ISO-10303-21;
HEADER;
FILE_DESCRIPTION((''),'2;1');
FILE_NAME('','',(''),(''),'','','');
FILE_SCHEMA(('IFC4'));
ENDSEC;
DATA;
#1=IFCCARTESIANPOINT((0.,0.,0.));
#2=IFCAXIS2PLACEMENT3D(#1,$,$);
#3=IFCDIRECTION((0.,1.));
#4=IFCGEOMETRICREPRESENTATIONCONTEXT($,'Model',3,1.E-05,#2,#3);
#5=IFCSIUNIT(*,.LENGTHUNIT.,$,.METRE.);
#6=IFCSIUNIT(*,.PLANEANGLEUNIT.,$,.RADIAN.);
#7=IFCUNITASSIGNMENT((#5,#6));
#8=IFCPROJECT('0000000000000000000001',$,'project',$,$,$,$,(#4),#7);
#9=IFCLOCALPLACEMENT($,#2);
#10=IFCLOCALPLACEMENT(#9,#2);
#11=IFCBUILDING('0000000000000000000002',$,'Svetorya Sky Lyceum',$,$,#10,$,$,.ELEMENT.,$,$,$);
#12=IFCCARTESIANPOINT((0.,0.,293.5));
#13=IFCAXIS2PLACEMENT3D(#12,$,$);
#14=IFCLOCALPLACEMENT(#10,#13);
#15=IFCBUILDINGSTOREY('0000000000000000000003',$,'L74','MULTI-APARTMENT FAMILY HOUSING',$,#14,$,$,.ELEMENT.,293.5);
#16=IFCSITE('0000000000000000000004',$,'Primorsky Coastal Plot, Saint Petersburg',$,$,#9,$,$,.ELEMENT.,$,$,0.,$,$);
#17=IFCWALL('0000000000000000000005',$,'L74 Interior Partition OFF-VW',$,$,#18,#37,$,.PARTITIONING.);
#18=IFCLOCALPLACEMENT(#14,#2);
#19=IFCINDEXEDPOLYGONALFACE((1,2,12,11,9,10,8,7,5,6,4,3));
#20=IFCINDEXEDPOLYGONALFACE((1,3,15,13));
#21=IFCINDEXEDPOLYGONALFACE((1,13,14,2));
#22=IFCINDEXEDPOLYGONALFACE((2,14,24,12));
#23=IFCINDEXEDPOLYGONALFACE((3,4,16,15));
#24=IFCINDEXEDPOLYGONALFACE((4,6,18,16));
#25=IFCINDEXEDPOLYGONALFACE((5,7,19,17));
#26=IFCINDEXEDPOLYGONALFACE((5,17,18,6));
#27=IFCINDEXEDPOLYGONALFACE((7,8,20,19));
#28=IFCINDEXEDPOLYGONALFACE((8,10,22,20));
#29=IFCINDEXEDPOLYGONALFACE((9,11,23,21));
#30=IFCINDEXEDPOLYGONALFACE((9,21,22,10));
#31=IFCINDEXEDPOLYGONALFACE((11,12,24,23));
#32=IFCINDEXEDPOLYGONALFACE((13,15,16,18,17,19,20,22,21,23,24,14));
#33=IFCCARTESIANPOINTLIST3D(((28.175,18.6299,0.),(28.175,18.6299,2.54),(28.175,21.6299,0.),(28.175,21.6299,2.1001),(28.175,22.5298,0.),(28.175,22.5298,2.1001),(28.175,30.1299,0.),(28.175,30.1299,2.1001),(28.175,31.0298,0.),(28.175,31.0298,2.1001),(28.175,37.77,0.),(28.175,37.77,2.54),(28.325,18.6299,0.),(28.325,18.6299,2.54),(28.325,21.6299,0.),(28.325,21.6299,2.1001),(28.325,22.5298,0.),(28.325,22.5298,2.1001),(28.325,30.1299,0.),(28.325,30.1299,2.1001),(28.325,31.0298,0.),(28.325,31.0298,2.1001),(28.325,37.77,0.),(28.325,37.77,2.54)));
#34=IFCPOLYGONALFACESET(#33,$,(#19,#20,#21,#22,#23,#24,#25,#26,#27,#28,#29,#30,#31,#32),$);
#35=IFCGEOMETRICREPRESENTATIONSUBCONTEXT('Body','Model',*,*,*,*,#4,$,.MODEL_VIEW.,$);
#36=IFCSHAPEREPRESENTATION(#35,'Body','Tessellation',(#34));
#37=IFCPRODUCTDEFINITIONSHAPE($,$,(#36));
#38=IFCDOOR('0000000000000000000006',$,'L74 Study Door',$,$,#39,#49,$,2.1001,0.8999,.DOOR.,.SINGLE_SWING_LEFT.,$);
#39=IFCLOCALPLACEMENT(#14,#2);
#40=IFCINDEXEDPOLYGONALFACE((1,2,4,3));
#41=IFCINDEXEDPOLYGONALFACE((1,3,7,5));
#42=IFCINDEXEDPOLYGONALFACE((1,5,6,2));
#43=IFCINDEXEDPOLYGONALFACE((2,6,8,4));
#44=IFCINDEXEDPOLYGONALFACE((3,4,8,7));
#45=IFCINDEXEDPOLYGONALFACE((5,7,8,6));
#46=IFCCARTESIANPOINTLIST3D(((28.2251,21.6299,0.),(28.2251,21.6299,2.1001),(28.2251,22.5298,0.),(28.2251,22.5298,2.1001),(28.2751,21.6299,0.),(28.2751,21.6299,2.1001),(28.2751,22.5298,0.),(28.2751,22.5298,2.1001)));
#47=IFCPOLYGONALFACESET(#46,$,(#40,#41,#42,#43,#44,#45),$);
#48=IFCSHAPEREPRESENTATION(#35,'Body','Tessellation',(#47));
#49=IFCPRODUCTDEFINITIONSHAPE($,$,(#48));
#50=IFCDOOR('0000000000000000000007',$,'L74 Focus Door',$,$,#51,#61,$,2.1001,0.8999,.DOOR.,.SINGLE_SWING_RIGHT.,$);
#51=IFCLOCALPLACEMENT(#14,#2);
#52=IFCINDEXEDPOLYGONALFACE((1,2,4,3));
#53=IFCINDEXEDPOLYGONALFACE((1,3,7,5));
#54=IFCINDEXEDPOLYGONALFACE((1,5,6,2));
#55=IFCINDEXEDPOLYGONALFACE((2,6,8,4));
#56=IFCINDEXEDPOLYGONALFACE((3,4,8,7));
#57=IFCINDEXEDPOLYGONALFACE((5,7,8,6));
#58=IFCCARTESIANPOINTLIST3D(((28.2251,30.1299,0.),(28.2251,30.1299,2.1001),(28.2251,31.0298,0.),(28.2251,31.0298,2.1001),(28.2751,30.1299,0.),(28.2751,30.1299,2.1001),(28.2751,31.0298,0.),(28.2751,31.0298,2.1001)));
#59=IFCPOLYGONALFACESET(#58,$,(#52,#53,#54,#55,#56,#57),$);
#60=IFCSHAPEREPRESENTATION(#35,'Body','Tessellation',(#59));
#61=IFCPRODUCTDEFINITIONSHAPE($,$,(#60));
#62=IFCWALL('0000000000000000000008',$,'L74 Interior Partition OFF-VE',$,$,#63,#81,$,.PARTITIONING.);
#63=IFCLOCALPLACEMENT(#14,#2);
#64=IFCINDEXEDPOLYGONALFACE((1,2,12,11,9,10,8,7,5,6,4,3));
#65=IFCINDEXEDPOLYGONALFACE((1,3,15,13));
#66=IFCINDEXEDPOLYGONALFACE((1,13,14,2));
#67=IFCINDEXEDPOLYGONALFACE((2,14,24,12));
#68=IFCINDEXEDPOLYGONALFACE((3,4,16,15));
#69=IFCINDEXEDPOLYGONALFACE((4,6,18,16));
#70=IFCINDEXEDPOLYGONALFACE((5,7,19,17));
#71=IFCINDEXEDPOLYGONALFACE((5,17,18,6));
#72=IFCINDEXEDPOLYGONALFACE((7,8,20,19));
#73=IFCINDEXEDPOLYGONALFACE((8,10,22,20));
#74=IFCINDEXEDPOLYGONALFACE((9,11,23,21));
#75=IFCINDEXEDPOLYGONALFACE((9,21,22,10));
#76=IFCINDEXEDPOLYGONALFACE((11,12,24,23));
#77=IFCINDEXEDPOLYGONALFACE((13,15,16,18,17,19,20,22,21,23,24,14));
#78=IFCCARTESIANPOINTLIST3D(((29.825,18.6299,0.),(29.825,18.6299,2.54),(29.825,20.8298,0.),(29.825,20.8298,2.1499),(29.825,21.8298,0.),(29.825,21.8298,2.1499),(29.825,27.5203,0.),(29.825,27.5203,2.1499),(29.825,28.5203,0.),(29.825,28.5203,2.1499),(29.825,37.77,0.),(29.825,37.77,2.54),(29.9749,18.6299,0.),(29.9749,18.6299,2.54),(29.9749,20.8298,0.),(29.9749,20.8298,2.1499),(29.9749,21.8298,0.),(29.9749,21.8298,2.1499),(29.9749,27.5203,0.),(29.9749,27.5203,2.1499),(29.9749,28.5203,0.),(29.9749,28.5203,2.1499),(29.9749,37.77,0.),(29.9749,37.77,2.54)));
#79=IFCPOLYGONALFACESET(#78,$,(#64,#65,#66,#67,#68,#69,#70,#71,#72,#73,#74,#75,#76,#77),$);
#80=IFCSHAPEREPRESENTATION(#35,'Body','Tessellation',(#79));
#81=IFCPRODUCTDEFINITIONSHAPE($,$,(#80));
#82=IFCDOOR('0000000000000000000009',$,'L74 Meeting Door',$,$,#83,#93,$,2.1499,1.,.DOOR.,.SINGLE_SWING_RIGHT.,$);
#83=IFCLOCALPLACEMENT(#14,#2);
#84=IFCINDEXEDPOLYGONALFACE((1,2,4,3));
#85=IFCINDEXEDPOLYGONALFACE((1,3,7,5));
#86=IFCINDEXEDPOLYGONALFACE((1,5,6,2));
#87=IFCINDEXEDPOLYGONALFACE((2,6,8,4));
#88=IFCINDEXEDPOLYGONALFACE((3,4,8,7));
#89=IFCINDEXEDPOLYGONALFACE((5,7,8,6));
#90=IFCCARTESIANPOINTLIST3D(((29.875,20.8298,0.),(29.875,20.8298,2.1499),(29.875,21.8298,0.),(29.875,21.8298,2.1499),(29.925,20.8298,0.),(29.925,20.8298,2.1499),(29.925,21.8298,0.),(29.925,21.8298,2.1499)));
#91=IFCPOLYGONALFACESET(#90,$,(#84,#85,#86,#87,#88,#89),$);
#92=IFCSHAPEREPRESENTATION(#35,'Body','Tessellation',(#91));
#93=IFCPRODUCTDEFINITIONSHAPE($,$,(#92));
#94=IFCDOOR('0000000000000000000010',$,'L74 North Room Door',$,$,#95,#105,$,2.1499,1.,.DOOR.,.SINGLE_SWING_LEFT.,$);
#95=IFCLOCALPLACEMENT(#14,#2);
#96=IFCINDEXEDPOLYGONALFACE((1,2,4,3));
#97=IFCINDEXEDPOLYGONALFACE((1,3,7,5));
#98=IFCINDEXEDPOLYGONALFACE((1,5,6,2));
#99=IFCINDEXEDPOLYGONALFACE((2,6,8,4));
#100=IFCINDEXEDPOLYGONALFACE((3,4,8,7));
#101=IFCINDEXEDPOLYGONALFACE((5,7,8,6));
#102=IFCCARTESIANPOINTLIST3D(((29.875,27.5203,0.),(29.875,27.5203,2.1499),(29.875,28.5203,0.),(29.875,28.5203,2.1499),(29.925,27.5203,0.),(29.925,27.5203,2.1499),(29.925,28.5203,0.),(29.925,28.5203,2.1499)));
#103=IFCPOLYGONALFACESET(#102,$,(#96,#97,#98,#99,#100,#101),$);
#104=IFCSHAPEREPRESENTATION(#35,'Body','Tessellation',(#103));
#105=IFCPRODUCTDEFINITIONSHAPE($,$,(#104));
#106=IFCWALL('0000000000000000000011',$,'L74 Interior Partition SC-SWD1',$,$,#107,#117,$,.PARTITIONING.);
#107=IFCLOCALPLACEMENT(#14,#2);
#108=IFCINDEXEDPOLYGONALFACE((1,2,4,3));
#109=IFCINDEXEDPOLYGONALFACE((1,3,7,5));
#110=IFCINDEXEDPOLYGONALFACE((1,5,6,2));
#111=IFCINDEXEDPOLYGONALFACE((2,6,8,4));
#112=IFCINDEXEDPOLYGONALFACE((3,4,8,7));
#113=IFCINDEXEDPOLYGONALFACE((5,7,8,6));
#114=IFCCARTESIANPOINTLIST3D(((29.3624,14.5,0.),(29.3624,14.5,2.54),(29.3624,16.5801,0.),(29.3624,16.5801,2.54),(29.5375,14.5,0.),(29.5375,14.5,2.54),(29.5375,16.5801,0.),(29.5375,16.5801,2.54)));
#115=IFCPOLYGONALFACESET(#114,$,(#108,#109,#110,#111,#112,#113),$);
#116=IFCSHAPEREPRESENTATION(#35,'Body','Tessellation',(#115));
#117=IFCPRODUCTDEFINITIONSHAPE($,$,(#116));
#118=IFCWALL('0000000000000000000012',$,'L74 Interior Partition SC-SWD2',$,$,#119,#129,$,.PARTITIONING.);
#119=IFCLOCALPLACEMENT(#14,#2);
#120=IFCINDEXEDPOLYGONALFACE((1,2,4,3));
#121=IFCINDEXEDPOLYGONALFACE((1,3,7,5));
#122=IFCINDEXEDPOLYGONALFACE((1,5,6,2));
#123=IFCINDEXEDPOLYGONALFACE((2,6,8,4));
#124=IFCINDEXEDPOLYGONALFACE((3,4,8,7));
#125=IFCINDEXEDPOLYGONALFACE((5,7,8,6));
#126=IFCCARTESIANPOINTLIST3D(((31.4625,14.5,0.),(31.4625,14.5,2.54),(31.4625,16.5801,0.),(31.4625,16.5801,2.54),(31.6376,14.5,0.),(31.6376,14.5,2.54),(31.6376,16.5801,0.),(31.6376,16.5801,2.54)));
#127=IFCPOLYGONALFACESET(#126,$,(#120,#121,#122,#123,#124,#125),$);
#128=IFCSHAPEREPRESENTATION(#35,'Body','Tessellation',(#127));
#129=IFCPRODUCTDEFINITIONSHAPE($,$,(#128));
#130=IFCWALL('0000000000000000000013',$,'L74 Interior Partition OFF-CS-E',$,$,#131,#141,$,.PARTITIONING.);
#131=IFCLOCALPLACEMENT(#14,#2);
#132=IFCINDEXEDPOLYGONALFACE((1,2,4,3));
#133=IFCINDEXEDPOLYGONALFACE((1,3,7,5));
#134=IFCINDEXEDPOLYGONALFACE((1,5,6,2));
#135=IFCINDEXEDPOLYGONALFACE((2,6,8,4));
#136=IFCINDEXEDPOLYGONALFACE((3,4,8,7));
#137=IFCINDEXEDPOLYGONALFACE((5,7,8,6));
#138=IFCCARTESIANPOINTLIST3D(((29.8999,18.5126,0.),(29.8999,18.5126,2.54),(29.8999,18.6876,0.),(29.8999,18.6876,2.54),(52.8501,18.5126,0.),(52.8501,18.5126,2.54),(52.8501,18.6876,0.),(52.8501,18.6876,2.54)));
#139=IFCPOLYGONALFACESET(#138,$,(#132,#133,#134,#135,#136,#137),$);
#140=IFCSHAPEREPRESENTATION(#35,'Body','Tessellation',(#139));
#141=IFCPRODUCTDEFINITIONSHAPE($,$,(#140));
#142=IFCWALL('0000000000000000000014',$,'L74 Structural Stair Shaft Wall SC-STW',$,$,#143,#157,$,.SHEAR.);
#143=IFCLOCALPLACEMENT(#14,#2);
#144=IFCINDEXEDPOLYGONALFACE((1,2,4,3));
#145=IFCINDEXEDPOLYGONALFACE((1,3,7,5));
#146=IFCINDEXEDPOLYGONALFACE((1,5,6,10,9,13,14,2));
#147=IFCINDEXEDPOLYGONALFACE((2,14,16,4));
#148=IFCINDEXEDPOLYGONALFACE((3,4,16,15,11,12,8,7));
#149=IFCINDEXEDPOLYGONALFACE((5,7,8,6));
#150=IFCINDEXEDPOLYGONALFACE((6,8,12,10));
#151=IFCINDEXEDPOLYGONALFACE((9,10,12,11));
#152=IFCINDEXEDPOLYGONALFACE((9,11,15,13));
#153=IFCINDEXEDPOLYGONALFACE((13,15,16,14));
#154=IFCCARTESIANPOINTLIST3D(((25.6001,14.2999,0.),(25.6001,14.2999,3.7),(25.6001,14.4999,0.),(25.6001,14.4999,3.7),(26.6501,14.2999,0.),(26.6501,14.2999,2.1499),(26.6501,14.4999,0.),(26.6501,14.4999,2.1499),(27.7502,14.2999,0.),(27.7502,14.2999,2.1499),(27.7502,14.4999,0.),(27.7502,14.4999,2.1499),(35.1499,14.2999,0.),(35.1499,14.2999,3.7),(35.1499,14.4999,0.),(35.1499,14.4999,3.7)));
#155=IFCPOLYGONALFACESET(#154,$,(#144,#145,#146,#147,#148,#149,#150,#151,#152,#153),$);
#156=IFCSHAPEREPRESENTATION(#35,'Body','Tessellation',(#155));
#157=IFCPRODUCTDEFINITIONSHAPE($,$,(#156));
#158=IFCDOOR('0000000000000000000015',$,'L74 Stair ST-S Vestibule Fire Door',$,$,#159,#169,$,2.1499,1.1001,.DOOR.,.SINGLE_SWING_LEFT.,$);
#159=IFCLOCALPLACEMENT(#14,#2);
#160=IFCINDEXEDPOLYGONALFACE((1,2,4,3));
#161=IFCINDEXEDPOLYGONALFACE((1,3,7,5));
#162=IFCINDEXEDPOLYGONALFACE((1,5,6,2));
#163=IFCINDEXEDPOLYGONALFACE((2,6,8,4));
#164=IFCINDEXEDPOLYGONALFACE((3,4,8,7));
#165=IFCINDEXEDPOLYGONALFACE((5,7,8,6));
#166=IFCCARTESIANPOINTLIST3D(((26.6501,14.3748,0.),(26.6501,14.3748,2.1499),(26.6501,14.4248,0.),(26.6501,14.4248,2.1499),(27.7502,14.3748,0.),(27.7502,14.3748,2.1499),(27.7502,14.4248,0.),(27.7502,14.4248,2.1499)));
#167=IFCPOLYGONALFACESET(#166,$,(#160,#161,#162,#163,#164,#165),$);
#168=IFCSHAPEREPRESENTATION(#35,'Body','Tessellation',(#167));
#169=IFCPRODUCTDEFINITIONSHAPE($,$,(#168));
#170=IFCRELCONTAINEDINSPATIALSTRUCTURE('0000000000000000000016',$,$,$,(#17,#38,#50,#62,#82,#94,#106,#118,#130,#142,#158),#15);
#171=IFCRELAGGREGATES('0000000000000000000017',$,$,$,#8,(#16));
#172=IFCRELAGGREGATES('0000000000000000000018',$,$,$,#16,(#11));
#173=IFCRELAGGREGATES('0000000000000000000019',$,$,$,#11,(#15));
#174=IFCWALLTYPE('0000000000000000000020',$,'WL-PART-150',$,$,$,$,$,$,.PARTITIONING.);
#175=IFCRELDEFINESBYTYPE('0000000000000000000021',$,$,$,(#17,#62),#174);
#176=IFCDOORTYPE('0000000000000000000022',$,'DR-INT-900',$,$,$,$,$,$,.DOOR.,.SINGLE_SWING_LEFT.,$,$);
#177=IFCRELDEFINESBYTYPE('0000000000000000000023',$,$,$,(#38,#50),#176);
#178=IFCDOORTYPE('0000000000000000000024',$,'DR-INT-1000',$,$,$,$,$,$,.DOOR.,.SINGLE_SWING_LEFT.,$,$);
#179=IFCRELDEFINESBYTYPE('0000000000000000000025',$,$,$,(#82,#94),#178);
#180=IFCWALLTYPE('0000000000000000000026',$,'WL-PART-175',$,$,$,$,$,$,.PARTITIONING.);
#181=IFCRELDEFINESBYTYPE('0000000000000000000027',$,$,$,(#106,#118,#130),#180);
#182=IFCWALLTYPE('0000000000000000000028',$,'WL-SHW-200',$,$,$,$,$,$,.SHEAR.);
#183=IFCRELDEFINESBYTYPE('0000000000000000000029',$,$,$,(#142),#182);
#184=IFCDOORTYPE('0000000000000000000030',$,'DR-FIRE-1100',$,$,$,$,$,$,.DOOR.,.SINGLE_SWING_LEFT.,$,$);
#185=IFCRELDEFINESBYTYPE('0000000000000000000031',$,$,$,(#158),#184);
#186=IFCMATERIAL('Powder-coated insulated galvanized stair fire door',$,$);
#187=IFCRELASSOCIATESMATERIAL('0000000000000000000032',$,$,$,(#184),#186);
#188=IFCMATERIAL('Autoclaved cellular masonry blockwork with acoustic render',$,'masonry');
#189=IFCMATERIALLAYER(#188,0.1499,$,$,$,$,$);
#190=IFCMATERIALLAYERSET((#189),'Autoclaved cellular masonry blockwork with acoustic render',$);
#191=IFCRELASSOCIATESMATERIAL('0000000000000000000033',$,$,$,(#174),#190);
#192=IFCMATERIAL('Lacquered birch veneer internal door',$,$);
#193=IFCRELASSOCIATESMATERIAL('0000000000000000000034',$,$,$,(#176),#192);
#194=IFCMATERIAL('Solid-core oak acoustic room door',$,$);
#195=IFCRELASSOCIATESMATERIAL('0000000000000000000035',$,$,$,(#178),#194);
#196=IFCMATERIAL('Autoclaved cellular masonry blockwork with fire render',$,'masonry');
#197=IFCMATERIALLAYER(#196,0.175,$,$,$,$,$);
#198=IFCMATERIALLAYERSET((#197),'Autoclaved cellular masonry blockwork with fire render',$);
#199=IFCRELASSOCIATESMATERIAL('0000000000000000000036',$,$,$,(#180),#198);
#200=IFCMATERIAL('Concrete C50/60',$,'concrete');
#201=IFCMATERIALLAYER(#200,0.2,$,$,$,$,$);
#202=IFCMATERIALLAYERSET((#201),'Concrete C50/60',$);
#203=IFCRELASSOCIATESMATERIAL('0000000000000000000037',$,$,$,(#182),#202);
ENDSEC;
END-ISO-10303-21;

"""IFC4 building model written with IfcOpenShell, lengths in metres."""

from ifc_helpers import new_model, si_unit, direction, frame, frame_2d, origin, place, context, subcontext, project, spatial, rectangle, extrude, material, layer, layer_set, type_object, element, fill, save


model = new_model("IFC4")

# Units and contexts
model_context = context("Model", 3, precision=1e-05, world=origin(), true_north=direction((0.0, 1.0)))
body_context = subcontext(model_context, "Body", "Model", "MODEL_VIEW")
ifc_project = project(units=[si_unit("LENGTHUNIT", "METRE"), si_unit("PLANEANGLEUNIT", "RADIAN")], contexts=[model_context])

# Site, building, storey
site_placement = place(None, origin())
site = spatial("IfcSite", under=ifc_project, at=site_placement, Name="Primorsky Coastal Plot, Saint Petersburg", CompositionType="ELEMENT", RefElevation=0.0)
building_placement = place(site_placement, origin())
building = spatial("IfcBuilding", under=site, at=building_placement, Name="Svetorya Sky Lyceum", CompositionType="ELEMENT")
storey_placement = place(building_placement, frame((0.0, 0.0, 293.5)))
storey = spatial("IfcBuildingStorey", under=building, at=storey_placement, Name="L74", Description="MULTI-APARTMENT FAMILY HOUSING", CompositionType="ELEMENT", Elevation=293.5)

# Walls, openings, doors
ifc_material_1 = material(Name="Concrete C50/60", Category="concrete")
ifc_material_2 = material(Name="Powder-coated insulated galvanized stair fire door")
door_type_1 = type_object("IfcDoorType", Name="DR-FIRE-1100", OperationType="SINGLE_SWING_LEFT", PredefinedType="DOOR", material=ifc_material_2)
ifc_material_3 = material(Name="Autoclaved cellular masonry blockwork with acoustic render", Category="masonry")
ifc_layer_1 = layer(ifc_material_3, 0.1499)
ifc_layer_set_1 = layer_set([ifc_layer_1], Name="Autoclaved cellular masonry blockwork with acoustic render")
wall_type_1 = type_object("IfcWallType", Name="WL-PART-150", PredefinedType="PARTITIONING", material=ifc_layer_set_1)
wall_1_placement = place(storey_placement, frame((28.25, 18.6299, 0.0), z_axis=(0.0, 0.0, 1.0), x_axis=(0.0, 1.0, 0.0)))
wall_1 = element("IfcWall", 1, at=wall_1_placement, inside=storey, type_object=wall_type_1, Name="L74 Interior Partition OFF-VW", PredefinedType="PARTITIONING", context=body_context, shape_type="SweptSolid", body=[
    extrude(rectangle(XDim=19.1401, YDim=0.1499, at=frame_2d((9.5701, 0.0))), origin(), (0.0, 0.0, 1.0), 2.54),
])
opening_1_placement = place(wall_1_placement, frame((3.0, 0.0, 0.0)))
opening_1 = element("IfcOpeningElement", 2, at=opening_1_placement, cuts=wall_1, PredefinedType="OPENING", context=body_context, shape_type="SweptSolid", body=[
    extrude(rectangle(XDim=0.8999, YDim=2.1001, at=frame_2d((0.45, 1.05))), frame((0.0, 0.085, 0.0), z_axis=(0.0, -1.0, 0.0), x_axis=(1.0, 0.0, 0.0)), (0.0, 0.0, 1.0), 0.1699),
])
opening_2_placement = place(wall_1_placement, frame((11.5, 0.0, 0.0)))
opening_2 = element("IfcOpeningElement", 3, at=opening_2_placement, cuts=wall_1, PredefinedType="OPENING", context=body_context, shape_type="SweptSolid", body=[
    extrude(rectangle(XDim=0.8999, YDim=2.1001, at=frame_2d((0.45, 1.05))), frame((0.0, 0.085, 0.0), z_axis=(0.0, -1.0, 0.0), x_axis=(1.0, 0.0, 0.0)), (0.0, 0.0, 1.0), 0.1699),
])
ifc_material_4 = material(Name="Lacquered birch veneer internal door")
door_type_2 = type_object("IfcDoorType", Name="DR-INT-900", OperationType="SINGLE_SWING_LEFT", PredefinedType="DOOR", material=ifc_material_4)
door_1_placement = place(opening_1_placement, origin())
door_1 = element("IfcDoor", 4, at=door_1_placement, inside=storey, type_object=door_type_2, Name="L74 Study Door", OperationType="SINGLE_SWING_LEFT", OverallHeight=2.1001, OverallWidth=0.8999, PredefinedType="DOOR", context=body_context, shape_type="SweptSolid", body=[
    extrude(rectangle(XDim=0.8999, YDim=2.1001, at=frame_2d((0.45, 1.05))), frame((0.0, 0.0249, 0.0), z_axis=(0.0, -1.0, 0.0), x_axis=(1.0, 0.0, 0.0)), (0.0, 0.0, 1.0), 0.05),
])
fill(opening_1, door_1)
door_2_placement = place(opening_2_placement, origin())
door_2 = element("IfcDoor", 5, at=door_2_placement, inside=storey, type_object=door_type_2, Name="L74 Focus Door", OperationType="SINGLE_SWING_RIGHT", OverallHeight=2.1001, OverallWidth=0.8999, PredefinedType="DOOR", context=body_context, shape_type="SweptSolid", body=[
    extrude(rectangle(XDim=0.8999, YDim=2.1001, at=frame_2d((0.45, 1.05))), frame((0.0, 0.0249, 0.0), z_axis=(0.0, -1.0, 0.0), x_axis=(1.0, 0.0, 0.0)), (0.0, 0.0, 1.0), 0.05),
])
fill(opening_2, door_2)
wall_2_placement = place(storey_placement, frame((29.8999, 18.6299, 0.0), z_axis=(0.0, 0.0, 1.0), x_axis=(0.0, 1.0, 0.0)))
wall_2 = element("IfcWall", 6, at=wall_2_placement, inside=storey, type_object=wall_type_1, Name="L74 Interior Partition OFF-VE", PredefinedType="PARTITIONING", context=body_context, shape_type="SweptSolid", body=[
    extrude(rectangle(XDim=19.1401, YDim=0.1499, at=frame_2d((9.5701, 0.0))), origin(), (0.0, 0.0, 1.0), 2.54),
])
opening_3_placement = place(wall_2_placement, frame((2.2, 0.0, 0.0)))
opening_3 = element("IfcOpeningElement", 7, at=opening_3_placement, cuts=wall_2, PredefinedType="OPENING", context=body_context, shape_type="SweptSolid", body=[
    extrude(rectangle(XDim=1.0, YDim=2.1499, at=frame_2d((0.5, 1.075))), frame((0.0, 0.085, 0.0), z_axis=(0.0, -1.0, 0.0), x_axis=(1.0, 0.0, 0.0)), (0.0, 0.0, 1.0), 0.1699),
])
opening_4_placement = place(wall_2_placement, frame((8.8904, 0.0, 0.0)))
opening_4 = element("IfcOpeningElement", 8, at=opening_4_placement, cuts=wall_2, PredefinedType="OPENING", context=body_context, shape_type="SweptSolid", body=[
    extrude(rectangle(XDim=1.0, YDim=2.1499, at=frame_2d((0.5, 1.075))), frame((0.0, 0.085, 0.0), z_axis=(0.0, -1.0, 0.0), x_axis=(1.0, 0.0, 0.0)), (0.0, 0.0, 1.0), 0.1699),
])
ifc_material_5 = material(Name="Solid-core oak acoustic room door")
door_type_3 = type_object("IfcDoorType", Name="DR-INT-1000", OperationType="SINGLE_SWING_LEFT", PredefinedType="DOOR", material=ifc_material_5)
door_3_placement = place(opening_3_placement, origin())
door_3 = element("IfcDoor", 9, at=door_3_placement, inside=storey, type_object=door_type_3, Name="L74 Meeting Door", OperationType="SINGLE_SWING_RIGHT", OverallHeight=2.1499, OverallWidth=1.0, PredefinedType="DOOR", context=body_context, shape_type="SweptSolid", body=[
    extrude(rectangle(XDim=1.0, YDim=2.1499, at=frame_2d((0.5, 1.075))), frame((0.0, 0.0249, 0.0), z_axis=(0.0, -1.0, 0.0), x_axis=(1.0, 0.0, 0.0)), (0.0, 0.0, 1.0), 0.05),
])
fill(opening_3, door_3)
door_4_placement = place(opening_4_placement, origin())
door_4 = element("IfcDoor", 10, at=door_4_placement, inside=storey, type_object=door_type_3, Name="L74 North Room Door", OperationType="SINGLE_SWING_LEFT", OverallHeight=2.1499, OverallWidth=1.0, PredefinedType="DOOR", context=body_context, shape_type="SweptSolid", body=[
    extrude(rectangle(XDim=1.0, YDim=2.1499, at=frame_2d((0.5, 1.075))), frame((0.0, 0.0249, 0.0), z_axis=(0.0, -1.0, 0.0), x_axis=(1.0, 0.0, 0.0)), (0.0, 0.0, 1.0), 0.05),
])
fill(opening_4, door_4)

# Walls
ifc_material_6 = material(Name="Autoclaved cellular masonry blockwork with fire render", Category="masonry")
ifc_layer_2 = layer(ifc_material_6, 0.175)
ifc_layer_set_2 = layer_set([ifc_layer_2], Name="Autoclaved cellular masonry blockwork with fire render")
wall_type_2 = type_object("IfcWallType", Name="WL-PART-175", PredefinedType="PARTITIONING", material=ifc_layer_set_2)
for number, where, z_axis, x_axis, name in (
    (11, (29.45, 14.5, 0.0), (0.0, 0.0, 1.0), (0.0, 1.0, 0.0), "L74 Interior Partition SC-SWD1"),
    (12, (31.55, 14.5, 0.0), (0.0, 0.0, 1.0), (0.0, 1.0, 0.0), "L74 Interior Partition SC-SWD2"),
):
    element("IfcWall", number, at=place(storey_placement, frame(where, z_axis=z_axis, x_axis=x_axis)), inside=storey, type_object=wall_type_2, Name=name, PredefinedType="PARTITIONING", context=body_context, shape_type="SweptSolid", body=[
        extrude(rectangle(XDim=2.0801, YDim=0.175, at=frame_2d((1.04, 0.0))), origin(), (0.0, 0.0, 1.0), 2.54),
    ])
wall_3_placement = place(storey_placement, frame((29.8999, 18.6001, 0.0), z_axis=(0.0, 0.0, 1.0), x_axis=(1.0, 0.0, 0.0)))
element("IfcWall", 13, at=wall_3_placement, inside=storey, type_object=wall_type_2, Name="L74 Interior Partition OFF-CS-E", PredefinedType="PARTITIONING", context=body_context, shape_type="SweptSolid", body=[
    extrude(rectangle(XDim=22.9502, YDim=0.175, at=frame_2d((11.4751, 0.0))), origin(), (0.0, 0.0, 1.0), 2.54),
])

# Wall, opening, door
ifc_layer_3 = layer(ifc_material_1, 0.2)
ifc_layer_set_3 = layer_set([ifc_layer_3], Name="Concrete C50/60")
wall_type_3 = type_object("IfcWallType", Name="WL-SHW-200", PredefinedType="SHEAR", material=ifc_layer_set_3)
wall_4_placement = place(storey_placement, frame((25.6001, 14.3999, 0.0), z_axis=(0.0, 0.0, 1.0), x_axis=(1.0, 0.0, 0.0)))
wall_4 = element("IfcWall", 14, at=wall_4_placement, inside=storey, type_object=wall_type_3, Name="L74 Structural Stair Shaft Wall SC-STW", PredefinedType="SHEAR", context=body_context, shape_type="SweptSolid", body=[
    extrude(rectangle(XDim=9.5498, YDim=0.2, at=frame_2d((4.7749, 0.0))), origin(), (0.0, 0.0, 1.0), 3.7),
])
opening_5_placement = place(wall_4_placement, frame((1.05, 0.0, 0.0)))
opening_5 = element("IfcOpeningElement", 15, at=opening_5_placement, cuts=wall_4, PredefinedType="OPENING", context=body_context, shape_type="SweptSolid", body=[
    extrude(rectangle(XDim=1.1001, YDim=2.1499, at=frame_2d((0.55, 1.075))), frame((0.0, 0.1099, 0.0), z_axis=(0.0, -1.0, 0.0), x_axis=(1.0, 0.0, 0.0)), (0.0, 0.0, 1.0), 0.22),
])
door_5_placement = place(opening_5_placement, origin())
door_5 = element("IfcDoor", 16, at=door_5_placement, inside=storey, type_object=door_type_1, Name="L74 Stair ST-S Vestibule Fire Door", OperationType="SINGLE_SWING_LEFT", OverallHeight=2.1499, OverallWidth=1.1001, PredefinedType="DOOR", context=body_context, shape_type="SweptSolid", body=[
    extrude(rectangle(XDim=1.1001, YDim=2.1499, at=frame_2d((0.55, 1.075))), frame((0.0, 0.0249, 0.0), z_axis=(0.0, -1.0, 0.0), x_axis=(1.0, 0.0, 0.0)), (0.0, 0.0, 1.0), 0.05),
])
fill(opening_5, door_5)

save(model, "model.ifc")
